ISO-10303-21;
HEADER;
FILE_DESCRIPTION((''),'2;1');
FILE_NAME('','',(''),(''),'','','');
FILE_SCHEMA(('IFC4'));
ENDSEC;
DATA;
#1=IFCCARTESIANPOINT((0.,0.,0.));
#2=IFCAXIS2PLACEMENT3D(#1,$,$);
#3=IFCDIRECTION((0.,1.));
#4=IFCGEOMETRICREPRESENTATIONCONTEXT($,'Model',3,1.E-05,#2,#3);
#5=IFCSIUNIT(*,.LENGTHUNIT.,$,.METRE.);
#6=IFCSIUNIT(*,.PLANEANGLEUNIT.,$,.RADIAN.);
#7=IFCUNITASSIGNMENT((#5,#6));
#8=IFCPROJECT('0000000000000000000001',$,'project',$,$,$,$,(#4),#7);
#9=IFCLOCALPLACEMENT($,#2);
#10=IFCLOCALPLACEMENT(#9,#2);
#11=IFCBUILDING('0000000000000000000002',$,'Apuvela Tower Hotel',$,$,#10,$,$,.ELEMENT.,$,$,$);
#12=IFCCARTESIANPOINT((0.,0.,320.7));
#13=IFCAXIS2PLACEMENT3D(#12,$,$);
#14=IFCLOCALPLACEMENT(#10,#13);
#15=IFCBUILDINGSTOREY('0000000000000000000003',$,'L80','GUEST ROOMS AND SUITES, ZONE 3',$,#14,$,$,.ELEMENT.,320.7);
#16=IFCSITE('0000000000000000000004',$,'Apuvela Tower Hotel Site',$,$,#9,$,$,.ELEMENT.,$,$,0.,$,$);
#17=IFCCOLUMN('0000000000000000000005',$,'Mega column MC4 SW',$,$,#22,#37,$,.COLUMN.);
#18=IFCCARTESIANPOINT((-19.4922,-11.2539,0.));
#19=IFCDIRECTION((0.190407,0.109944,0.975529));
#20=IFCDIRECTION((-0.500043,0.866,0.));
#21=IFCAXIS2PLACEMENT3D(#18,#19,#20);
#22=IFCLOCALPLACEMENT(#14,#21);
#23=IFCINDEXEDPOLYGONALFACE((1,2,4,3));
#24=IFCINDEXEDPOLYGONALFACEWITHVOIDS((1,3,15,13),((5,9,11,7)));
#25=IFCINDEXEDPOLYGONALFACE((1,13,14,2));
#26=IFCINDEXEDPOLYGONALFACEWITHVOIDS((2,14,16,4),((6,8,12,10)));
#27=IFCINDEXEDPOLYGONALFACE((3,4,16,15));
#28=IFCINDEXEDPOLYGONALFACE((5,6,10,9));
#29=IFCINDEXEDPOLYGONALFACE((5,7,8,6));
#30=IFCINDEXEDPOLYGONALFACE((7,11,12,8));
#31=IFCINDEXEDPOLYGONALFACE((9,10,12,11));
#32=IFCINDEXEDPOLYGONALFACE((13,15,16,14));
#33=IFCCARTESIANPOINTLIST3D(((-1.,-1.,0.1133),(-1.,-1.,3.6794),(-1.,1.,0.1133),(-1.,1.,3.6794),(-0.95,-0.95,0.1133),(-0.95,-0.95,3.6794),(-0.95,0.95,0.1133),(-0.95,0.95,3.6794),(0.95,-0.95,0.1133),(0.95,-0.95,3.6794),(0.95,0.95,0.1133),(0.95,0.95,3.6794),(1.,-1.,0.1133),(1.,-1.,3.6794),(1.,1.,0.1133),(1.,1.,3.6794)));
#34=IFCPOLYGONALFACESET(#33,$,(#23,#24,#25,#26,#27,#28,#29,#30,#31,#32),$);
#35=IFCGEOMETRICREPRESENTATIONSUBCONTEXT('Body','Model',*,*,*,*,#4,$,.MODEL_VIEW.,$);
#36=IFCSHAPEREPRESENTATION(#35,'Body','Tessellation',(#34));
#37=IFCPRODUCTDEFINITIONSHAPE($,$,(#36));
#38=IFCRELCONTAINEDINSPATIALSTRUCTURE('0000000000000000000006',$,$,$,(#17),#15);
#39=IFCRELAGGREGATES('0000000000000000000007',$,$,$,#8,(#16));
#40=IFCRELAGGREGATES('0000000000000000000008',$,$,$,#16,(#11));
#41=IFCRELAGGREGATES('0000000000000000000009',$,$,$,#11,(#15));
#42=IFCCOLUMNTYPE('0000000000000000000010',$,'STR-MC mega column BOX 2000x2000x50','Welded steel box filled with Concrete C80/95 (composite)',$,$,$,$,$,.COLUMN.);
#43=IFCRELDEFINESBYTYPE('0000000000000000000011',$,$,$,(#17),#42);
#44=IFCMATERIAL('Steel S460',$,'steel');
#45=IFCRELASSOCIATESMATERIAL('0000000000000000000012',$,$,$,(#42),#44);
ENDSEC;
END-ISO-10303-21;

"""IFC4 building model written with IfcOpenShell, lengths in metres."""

from ifc_helpers import new_model, si_unit, direction, frame, origin, origin_2d, place, context, subcontext, project, spatial, rectangle, hollow_rectangle, extrude, boolean, halfspace, material, material_profile, profile_set, type_object, element, save


model = new_model("IFC4")

# Units and contexts
model_context = context("Model", 3, precision=1e-05, world=origin(), true_north=direction((0.0, 1.0)))
body_context = subcontext(model_context, "Body", "Model", "MODEL_VIEW")
ifc_project = project(units=[si_unit("LENGTHUNIT", "METRE"), si_unit("PLANEANGLEUNIT", "RADIAN")], contexts=[model_context])

# Site, building, storey
site_placement = place(None, origin())
site = spatial("IfcSite", under=ifc_project, at=site_placement, Name="Apuvela Tower Hotel Site", CompositionType="ELEMENT", RefElevation=0.0)
building_placement = place(site_placement, origin())
building = spatial("IfcBuilding", under=site, at=building_placement, Name="Apuvela Tower Hotel", CompositionType="ELEMENT")
storey_placement = place(building_placement, frame((0.0, 0.0, 320.7)))
storey = spatial("IfcBuildingStorey", under=building, at=storey_placement, Name="L80", Description="GUEST ROOMS AND SUITES, ZONE 3", CompositionType="ELEMENT", Elevation=320.7)

# Column
ifc_material_1 = material(Name="Steel S460", Category="steel")
ifc_material_profile_1 = material_profile(ifc_material_1, hollow_rectangle(XDim=2.0, YDim=2.0, WallThickness=0.05, at=origin_2d()), Name="BOX 2000x2000x50")
ifc_material_2 = material(Name="Concrete C80/95", Category="concrete")
ifc_material_profile_2 = material_profile(ifc_material_2, rectangle(XDim=1.8999, YDim=1.8999, at=origin_2d()), Name="Concrete C80/95 infill")
ifc_profile_set = profile_set([ifc_material_profile_1, ifc_material_profile_2], Name="Steel S460")
column_type = type_object("IfcColumnType", Name="STR-MC mega column BOX 2000x2000x50", Description="Welded steel box filled with Concrete C80/95 (composite)", PredefinedType="COLUMN", material=ifc_profile_set)
column_placement = place(storey_placement, frame((-19.4922, -11.2539, 0.0), z_axis=(0.190407, 0.109944, 0.975529), x_axis=(-0.500043, 0.866, 0.0)))
element("IfcColumn", 1, at=column_placement, inside=storey, type_object=column_type, Name="Mega column MC4 SW", PredefinedType="COLUMN", context=body_context, shape_type="SweptSolid", body=[
    boolean("DIFFERENCE", boolean("DIFFERENCE", extrude(hollow_rectangle(XDim=2.0, YDim=2.0, WallThickness=0.05, at=origin_2d()), origin(), (0.0, 0.0, 1.0), 3.7927), halfspace(frame((0.0, 0.0, 0.1133), z_axis=(0.0, 0.0, 1.0), x_axis=(1.0, 0.0, 0.0)), True)), halfspace(frame((0.0, 0.0, 3.6794), z_axis=(0.0, 0.0, 1.0), x_axis=(1.0, 0.0, 0.0)), False)),
])

save(model, "model.ifc")
